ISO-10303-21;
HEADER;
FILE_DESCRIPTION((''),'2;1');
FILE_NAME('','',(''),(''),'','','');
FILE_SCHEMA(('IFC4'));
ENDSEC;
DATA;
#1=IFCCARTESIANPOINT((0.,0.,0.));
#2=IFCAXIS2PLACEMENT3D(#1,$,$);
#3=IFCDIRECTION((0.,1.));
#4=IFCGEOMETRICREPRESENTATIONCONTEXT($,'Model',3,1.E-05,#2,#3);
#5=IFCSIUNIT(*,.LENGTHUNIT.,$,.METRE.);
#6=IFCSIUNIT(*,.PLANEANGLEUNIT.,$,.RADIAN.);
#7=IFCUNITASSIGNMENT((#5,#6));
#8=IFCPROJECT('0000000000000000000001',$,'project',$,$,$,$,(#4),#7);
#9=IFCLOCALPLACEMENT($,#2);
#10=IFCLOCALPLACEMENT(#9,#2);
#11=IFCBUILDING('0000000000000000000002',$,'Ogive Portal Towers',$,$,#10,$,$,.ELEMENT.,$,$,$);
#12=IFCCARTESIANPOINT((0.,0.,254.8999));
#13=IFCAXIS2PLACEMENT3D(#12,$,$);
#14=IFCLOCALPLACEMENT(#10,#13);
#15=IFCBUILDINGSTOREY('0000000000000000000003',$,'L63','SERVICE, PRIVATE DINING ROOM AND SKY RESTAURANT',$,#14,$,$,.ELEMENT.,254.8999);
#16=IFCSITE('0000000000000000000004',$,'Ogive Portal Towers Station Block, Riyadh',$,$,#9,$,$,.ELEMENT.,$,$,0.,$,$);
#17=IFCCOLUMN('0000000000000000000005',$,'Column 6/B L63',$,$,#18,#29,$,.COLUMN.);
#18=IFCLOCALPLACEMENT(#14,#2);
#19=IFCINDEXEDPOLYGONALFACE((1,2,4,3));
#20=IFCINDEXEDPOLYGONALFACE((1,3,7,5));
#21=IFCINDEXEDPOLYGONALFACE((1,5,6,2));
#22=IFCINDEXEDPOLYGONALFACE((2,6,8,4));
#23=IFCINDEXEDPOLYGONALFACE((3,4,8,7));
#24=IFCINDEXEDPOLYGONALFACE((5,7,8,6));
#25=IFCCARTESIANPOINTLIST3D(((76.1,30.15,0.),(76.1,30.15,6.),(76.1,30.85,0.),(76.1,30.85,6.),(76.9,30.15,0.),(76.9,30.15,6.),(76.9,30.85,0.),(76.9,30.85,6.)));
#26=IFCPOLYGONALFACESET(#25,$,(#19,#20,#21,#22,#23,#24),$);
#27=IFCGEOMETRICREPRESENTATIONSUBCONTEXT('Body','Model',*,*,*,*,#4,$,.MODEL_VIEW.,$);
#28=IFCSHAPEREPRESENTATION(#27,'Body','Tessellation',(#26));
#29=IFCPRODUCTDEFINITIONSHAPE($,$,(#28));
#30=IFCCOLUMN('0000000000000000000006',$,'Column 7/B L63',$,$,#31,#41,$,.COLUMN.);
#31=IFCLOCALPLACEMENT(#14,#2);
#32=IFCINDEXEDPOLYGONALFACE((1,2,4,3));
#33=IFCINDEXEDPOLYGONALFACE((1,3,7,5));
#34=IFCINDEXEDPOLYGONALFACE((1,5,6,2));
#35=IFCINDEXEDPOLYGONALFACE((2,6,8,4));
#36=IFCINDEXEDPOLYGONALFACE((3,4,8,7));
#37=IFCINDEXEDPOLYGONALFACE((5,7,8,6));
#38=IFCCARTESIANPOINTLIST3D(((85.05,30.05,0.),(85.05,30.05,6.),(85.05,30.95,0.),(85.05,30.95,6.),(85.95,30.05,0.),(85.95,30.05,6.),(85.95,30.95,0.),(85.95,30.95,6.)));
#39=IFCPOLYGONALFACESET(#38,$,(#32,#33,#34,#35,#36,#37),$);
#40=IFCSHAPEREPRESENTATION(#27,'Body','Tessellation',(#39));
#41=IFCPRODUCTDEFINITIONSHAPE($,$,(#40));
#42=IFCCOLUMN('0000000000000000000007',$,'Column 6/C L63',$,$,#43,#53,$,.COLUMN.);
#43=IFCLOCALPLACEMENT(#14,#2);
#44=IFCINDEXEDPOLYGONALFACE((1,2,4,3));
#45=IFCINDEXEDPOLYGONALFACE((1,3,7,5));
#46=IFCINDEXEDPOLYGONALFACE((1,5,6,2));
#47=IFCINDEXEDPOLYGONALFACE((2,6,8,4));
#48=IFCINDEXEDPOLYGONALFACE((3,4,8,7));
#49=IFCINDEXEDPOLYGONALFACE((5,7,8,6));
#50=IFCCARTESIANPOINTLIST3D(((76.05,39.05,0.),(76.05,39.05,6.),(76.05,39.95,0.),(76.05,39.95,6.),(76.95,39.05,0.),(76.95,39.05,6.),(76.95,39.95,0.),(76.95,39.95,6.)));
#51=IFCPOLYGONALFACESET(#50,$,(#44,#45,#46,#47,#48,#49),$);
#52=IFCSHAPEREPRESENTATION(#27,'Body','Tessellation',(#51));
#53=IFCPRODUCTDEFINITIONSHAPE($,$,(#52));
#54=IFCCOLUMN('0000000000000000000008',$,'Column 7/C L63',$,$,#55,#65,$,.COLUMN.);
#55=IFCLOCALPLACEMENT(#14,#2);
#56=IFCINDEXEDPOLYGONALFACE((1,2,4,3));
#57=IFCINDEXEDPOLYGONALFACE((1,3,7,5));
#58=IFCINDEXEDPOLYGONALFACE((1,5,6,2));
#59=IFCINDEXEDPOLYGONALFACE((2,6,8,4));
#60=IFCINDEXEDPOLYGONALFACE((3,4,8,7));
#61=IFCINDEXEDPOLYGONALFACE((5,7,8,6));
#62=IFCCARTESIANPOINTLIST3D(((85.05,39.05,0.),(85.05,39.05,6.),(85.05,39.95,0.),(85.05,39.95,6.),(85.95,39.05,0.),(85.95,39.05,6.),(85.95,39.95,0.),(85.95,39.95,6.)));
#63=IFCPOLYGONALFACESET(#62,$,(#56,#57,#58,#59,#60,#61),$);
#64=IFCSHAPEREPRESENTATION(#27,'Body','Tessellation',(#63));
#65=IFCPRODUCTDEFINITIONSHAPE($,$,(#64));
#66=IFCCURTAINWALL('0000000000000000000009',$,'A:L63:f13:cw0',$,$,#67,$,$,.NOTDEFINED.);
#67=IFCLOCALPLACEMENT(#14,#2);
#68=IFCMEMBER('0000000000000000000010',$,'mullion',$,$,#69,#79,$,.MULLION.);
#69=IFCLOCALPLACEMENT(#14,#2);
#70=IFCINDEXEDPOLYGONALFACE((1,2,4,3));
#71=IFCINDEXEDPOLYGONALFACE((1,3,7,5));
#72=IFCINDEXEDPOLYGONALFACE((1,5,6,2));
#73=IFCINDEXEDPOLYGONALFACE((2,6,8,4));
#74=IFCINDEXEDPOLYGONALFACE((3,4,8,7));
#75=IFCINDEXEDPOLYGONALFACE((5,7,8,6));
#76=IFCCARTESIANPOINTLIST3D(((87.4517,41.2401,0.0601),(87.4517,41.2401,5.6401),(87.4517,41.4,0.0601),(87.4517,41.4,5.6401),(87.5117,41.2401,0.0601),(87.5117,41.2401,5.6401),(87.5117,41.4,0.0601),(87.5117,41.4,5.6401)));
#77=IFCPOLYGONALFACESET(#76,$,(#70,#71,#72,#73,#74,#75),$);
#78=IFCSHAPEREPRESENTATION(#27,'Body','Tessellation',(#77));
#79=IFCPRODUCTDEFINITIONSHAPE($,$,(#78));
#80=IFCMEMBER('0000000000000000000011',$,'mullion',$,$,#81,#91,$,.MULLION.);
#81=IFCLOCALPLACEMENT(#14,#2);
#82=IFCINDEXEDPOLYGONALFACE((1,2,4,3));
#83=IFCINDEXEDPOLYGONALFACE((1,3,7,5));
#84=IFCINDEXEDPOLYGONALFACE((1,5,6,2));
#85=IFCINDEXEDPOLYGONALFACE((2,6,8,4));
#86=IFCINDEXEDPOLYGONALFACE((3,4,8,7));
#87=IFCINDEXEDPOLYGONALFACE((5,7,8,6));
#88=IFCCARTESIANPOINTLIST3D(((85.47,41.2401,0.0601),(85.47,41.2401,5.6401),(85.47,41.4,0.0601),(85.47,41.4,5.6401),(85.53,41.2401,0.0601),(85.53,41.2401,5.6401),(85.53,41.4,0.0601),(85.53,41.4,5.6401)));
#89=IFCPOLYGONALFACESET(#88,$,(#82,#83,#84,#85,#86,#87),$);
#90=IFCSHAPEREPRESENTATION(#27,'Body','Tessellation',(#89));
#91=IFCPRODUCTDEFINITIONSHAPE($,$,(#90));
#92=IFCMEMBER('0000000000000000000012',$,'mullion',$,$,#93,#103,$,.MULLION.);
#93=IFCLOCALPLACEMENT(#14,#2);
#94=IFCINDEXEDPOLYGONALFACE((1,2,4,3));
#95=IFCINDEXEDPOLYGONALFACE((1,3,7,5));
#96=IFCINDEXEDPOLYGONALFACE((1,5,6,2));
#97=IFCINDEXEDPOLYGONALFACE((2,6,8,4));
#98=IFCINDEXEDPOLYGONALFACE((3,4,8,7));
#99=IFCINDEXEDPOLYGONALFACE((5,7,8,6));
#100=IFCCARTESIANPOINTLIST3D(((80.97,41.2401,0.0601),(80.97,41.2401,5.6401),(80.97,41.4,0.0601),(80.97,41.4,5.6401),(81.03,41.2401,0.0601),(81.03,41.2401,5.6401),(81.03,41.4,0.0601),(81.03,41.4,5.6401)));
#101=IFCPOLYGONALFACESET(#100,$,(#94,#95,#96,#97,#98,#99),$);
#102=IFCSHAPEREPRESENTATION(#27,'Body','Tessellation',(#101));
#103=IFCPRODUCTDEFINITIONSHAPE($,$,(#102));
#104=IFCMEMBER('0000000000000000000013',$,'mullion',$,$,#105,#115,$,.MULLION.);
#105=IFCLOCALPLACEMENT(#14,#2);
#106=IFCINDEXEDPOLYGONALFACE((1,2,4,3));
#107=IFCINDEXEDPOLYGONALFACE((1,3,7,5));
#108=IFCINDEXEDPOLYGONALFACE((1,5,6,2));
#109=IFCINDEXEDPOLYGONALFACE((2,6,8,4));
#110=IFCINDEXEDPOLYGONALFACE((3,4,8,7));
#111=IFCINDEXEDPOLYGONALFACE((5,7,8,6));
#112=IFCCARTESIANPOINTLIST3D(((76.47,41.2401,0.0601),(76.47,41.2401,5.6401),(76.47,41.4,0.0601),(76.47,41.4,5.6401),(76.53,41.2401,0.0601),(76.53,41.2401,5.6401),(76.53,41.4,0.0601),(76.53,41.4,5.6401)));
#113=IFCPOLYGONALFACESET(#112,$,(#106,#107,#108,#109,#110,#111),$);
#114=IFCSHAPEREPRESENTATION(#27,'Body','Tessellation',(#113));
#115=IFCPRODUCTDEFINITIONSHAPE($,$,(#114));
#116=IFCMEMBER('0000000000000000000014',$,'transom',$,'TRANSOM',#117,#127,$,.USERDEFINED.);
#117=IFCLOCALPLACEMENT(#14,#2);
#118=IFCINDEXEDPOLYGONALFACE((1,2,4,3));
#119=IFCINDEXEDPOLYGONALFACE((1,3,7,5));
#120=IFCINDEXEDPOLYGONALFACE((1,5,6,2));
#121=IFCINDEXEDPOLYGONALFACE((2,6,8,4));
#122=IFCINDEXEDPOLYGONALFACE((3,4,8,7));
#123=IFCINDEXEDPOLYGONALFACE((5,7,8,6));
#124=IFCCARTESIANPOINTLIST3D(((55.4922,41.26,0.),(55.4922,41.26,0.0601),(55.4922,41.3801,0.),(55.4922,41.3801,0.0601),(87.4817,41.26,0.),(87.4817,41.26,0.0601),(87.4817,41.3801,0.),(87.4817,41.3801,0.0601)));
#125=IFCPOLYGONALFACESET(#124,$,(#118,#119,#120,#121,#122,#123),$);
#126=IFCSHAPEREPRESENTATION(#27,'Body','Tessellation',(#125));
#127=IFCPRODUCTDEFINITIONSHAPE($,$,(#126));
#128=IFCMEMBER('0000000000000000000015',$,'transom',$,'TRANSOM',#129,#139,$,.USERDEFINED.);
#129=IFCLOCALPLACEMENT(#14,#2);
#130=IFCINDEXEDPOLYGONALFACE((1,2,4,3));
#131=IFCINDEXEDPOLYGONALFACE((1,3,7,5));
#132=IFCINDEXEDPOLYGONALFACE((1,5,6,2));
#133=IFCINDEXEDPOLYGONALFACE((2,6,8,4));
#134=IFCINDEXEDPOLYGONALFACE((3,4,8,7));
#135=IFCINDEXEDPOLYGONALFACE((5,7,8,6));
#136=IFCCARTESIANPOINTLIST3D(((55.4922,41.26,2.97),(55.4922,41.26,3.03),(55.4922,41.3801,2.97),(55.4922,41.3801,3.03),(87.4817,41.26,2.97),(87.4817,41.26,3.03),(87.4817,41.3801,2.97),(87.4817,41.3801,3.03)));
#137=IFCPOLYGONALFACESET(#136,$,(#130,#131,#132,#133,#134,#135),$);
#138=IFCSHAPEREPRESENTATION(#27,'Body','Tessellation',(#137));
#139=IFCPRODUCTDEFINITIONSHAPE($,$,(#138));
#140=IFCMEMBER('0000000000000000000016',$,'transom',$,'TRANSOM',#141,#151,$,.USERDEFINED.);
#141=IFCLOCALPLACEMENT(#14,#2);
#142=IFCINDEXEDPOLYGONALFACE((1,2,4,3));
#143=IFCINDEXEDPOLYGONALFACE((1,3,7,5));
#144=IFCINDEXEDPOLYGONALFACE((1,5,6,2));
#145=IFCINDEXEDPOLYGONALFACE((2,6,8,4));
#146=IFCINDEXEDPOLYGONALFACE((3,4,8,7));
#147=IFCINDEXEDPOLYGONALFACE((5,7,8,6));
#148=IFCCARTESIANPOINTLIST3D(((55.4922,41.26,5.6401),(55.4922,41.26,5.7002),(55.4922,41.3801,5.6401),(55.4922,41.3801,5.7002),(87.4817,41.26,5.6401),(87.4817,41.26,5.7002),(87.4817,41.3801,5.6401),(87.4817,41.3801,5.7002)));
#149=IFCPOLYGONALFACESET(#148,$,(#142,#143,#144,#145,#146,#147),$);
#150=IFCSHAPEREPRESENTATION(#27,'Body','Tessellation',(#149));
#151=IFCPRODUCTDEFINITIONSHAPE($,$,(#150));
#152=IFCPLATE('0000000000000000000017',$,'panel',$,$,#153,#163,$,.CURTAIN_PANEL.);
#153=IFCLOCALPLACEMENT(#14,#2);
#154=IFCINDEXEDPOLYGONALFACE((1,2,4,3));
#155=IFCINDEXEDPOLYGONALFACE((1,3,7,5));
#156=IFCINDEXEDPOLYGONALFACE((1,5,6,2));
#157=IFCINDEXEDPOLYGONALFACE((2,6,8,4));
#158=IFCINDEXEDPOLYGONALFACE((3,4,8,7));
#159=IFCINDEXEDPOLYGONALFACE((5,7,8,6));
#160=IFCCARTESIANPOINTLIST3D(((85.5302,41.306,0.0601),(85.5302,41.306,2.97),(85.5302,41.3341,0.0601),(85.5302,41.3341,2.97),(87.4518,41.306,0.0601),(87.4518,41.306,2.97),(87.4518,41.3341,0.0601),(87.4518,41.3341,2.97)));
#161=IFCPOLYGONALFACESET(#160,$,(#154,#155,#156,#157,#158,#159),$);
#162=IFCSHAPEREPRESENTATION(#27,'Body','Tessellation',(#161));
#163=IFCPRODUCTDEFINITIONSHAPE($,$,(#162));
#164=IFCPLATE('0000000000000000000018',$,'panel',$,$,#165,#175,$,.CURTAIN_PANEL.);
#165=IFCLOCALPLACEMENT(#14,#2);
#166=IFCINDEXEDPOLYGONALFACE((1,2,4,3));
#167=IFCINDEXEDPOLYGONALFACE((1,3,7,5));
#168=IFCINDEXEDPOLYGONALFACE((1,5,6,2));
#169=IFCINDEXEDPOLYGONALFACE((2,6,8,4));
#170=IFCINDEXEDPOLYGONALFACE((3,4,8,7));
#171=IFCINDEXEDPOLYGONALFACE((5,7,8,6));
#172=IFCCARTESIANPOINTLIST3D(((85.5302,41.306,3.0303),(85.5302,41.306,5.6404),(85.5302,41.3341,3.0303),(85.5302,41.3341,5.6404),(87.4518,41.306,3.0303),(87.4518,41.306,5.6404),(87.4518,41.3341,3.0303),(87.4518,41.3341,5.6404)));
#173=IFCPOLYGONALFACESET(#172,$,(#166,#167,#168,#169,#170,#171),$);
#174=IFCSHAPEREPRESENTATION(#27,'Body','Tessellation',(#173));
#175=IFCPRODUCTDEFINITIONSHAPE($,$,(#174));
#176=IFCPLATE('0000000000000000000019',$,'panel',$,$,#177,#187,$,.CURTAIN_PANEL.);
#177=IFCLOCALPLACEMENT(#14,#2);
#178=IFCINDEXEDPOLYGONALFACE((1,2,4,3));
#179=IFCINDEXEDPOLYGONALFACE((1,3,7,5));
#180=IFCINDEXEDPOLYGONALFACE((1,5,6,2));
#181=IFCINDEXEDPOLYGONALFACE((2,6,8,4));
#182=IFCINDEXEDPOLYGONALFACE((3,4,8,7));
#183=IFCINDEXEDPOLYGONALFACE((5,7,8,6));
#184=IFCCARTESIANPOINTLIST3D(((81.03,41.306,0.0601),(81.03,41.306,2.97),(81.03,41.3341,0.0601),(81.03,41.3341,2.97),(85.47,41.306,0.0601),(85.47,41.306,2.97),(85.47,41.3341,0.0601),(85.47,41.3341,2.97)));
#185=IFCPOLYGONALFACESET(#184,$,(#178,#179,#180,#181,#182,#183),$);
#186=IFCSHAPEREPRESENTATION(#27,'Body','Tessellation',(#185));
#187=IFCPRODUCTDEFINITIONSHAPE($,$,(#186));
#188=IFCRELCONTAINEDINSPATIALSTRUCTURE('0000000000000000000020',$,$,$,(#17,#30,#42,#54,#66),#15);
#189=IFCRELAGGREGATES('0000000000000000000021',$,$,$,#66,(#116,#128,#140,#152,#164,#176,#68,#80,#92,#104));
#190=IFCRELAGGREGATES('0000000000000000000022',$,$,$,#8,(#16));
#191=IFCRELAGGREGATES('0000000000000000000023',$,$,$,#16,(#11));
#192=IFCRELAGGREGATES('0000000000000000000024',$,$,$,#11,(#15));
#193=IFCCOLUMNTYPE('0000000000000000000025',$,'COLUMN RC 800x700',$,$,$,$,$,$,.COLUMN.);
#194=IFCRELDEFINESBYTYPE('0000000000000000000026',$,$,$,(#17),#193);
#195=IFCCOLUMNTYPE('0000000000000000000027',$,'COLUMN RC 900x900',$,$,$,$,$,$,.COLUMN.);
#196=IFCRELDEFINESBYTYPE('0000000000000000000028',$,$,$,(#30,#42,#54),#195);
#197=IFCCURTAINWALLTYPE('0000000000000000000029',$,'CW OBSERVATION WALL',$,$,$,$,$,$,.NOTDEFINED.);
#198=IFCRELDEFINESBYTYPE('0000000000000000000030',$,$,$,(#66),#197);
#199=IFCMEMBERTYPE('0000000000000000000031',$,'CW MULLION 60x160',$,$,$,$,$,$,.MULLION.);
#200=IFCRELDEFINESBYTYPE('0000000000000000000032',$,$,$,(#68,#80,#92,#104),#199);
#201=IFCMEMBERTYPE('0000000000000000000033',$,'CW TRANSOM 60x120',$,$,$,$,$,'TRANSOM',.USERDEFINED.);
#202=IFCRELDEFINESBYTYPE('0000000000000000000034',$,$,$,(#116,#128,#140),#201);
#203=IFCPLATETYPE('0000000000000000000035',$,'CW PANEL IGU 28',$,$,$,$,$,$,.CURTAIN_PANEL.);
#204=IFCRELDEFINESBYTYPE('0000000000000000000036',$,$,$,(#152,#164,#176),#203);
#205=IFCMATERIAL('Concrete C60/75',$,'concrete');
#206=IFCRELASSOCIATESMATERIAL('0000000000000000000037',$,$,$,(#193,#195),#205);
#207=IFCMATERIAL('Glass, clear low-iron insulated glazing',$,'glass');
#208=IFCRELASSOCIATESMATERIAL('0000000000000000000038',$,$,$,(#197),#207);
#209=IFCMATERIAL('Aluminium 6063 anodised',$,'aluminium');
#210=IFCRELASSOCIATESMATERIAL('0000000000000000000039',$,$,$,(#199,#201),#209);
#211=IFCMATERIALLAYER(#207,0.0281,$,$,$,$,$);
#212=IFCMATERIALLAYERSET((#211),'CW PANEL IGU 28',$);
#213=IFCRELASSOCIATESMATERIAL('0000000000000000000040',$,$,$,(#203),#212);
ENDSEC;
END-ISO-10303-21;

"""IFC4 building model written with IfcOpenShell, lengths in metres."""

from ifc_helpers import new_model, si_unit, direction, frame, origin, origin_2d, place, context, subcontext, project, spatial, rectangle, extrude, material, layer, layer_set, material_profile, profile_set, type_object, element, aggregate, save


model = new_model("IFC4")

# Units and contexts
model_context = context("Model", 3, precision=1e-05, world=origin(), true_north=direction((0.0, 1.0)))
body_context = subcontext(model_context, "Body", "Model", "MODEL_VIEW")
ifc_project = project(units=[si_unit("LENGTHUNIT", "METRE"), si_unit("PLANEANGLEUNIT", "RADIAN")], contexts=[model_context])

# Site, building, storey
site_placement = place(None, origin())
site = spatial("IfcSite", under=ifc_project, at=site_placement, Name="Ogive Portal Towers Station Block, Riyadh", CompositionType="ELEMENT", RefElevation=0.0)
building_placement = place(site_placement, origin())
building = spatial("IfcBuilding", under=site, at=building_placement, Name="Ogive Portal Towers", CompositionType="ELEMENT")
storey_placement = place(building_placement, frame((0.0, 0.0, 254.8999)))
storey = spatial("IfcBuildingStorey", under=building, at=storey_placement, Name="L63", Description="SERVICE, PRIVATE DINING ROOM AND SKY RESTAURANT", CompositionType="ELEMENT", Elevation=254.8999)

# Columns
ifc_material_1 = material(Name="Concrete C60/75", Category="concrete")
ifc_material_profile_1 = material_profile(ifc_material_1, rectangle(XDim=0.8, YDim=0.7, at=origin_2d()), Name="RC 800x700")
ifc_profile_set_1 = profile_set([ifc_material_profile_1], Name="Concrete C60/75")
column_type_1 = type_object("IfcColumnType", Name="COLUMN RC 800x700", PredefinedType="COLUMN", material=ifc_profile_set_1)
column_placement = place(storey_placement, frame((76.5, 30.5, 0.0), z_axis=(0.0, 0.0, 1.0), x_axis=(1.0, 0.0, 0.0)))
element("IfcColumn", 1, at=column_placement, inside=storey, type_object=column_type_1, Name="Column 6/B L63", PredefinedType="COLUMN", context=body_context, shape_type="SweptSolid", body=[
    extrude(rectangle(XDim=0.8, YDim=0.7, at=origin_2d()), origin(), (0.0, 0.0, 1.0), 6.0),
])
ifc_material_profile_2 = material_profile(ifc_material_1, rectangle(XDim=0.8999, YDim=0.8999, at=origin_2d()), Name="RC 900x900")
ifc_profile_set_2 = profile_set([ifc_material_profile_2], Name="Concrete C60/75")
column_type_2 = type_object("IfcColumnType", Name="COLUMN RC 900x900", PredefinedType="COLUMN", material=ifc_profile_set_2)
for number, where, z_axis, x_axis, name in (
    (2, (85.5, 30.5, 0.0), (0.0, 0.0, 1.0), (1.0, 0.0, 0.0), "Column 7/B L63"),
    (3, (76.5, 39.5, 0.0), (0.0, 0.0, 1.0), (1.0, 0.0, 0.0), "Column 6/C L63"),
    (4, (85.5, 39.5, 0.0), (0.0, 0.0, 1.0), (1.0, 0.0, 0.0), "Column 7/C L63"),
):
    element("IfcColumn", number, at=place(storey_placement, frame(where, z_axis=z_axis, x_axis=x_axis)), inside=storey, type_object=column_type_2, Name=name, PredefinedType="COLUMN", context=body_context, shape_type="SweptSolid", body=[
        extrude(rectangle(XDim=0.8999, YDim=0.8999, at=origin_2d()), origin(), (0.0, 0.0, 1.0), 6.0),
    ])

# Curtain wall, members, plates
ifc_material_2 = material(Name="Glass, clear low-iron insulated glazing", Category="glass")
curtain_wall_type = type_object("IfcCurtainWallType", Name="CW OBSERVATION WALL", PredefinedType="NOTDEFINED", material=ifc_material_2)
curtain_wall_placement = place(storey_placement, origin())
curtain_wall = element("IfcCurtainWall", 5, at=curtain_wall_placement, inside=storey, type_object=curtain_wall_type, Name="A:L63:f13:cw0", PredefinedType="NOTDEFINED")
ifc_material_3 = material(Name="Aluminium 6063 anodised", Category="aluminium")
ifc_material_profile_3 = material_profile(ifc_material_3, rectangle(XDim=0.1599, YDim=0.0601, at=origin_2d()), Name="AL 60x160")
ifc_profile_set_3 = profile_set([ifc_material_profile_3], Name="Aluminium 6063 anodised")
member_type_1 = type_object("IfcMemberType", Name="CW MULLION 60x160", PredefinedType="MULLION", material=ifc_profile_set_3)
member_1_placement = place(storey_placement, frame((87.4817, 41.3201, 0.0601), z_axis=(0.0, 0.0, 1.0), x_axis=(0.0, -1.0, 0.0)))
member_1 = element("IfcMember", 6, at=member_1_placement, type_object=member_type_1, Name="mullion", PredefinedType="MULLION", context=body_context, shape_type="SweptSolid", body=[
    extrude(rectangle(XDim=0.1599, YDim=0.0601, at=origin_2d()), origin(), (0.0, 0.0, 1.0), 5.5801),
])
member_2_placement = place(storey_placement, frame((85.5, 41.3201, 0.0601), z_axis=(0.0, 0.0, 1.0), x_axis=(0.0, -1.0, 0.0)))
member_2 = element("IfcMember", 7, at=member_2_placement, type_object=member_type_1, Name="mullion", PredefinedType="MULLION", context=body_context, shape_type="SweptSolid", body=[
    extrude(rectangle(XDim=0.1599, YDim=0.0601, at=origin_2d()), origin(), (0.0, 0.0, 1.0), 5.5801),
])
member_3_placement = place(storey_placement, frame((81.0, 41.3201, 0.0601), z_axis=(0.0, 0.0, 1.0), x_axis=(0.0, -1.0, 0.0)))
member_3 = element("IfcMember", 8, at=member_3_placement, type_object=member_type_1, Name="mullion", PredefinedType="MULLION", context=body_context, shape_type="SweptSolid", body=[
    extrude(rectangle(XDim=0.1599, YDim=0.0601, at=origin_2d()), origin(), (0.0, 0.0, 1.0), 5.5801),
])
member_4_placement = place(storey_placement, frame((76.5, 41.3201, 0.0601), z_axis=(0.0, 0.0, 1.0), x_axis=(0.0, -1.0, 0.0)))
member_4 = element("IfcMember", 9, at=member_4_placement, type_object=member_type_1, Name="mullion", PredefinedType="MULLION", context=body_context, shape_type="SweptSolid", body=[
    extrude(rectangle(XDim=0.1599, YDim=0.0601, at=origin_2d()), origin(), (0.0, 0.0, 1.0), 5.5801),
])
ifc_material_profile_4 = material_profile(ifc_material_3, rectangle(XDim=0.1201, YDim=0.0601, at=origin_2d()), Name="AL 120x60")
ifc_profile_set_4 = profile_set([ifc_material_profile_4], Name="Aluminium 6063 anodised")
member_type_2 = type_object("IfcMemberType", Name="CW TRANSOM 60x120", ElementType="TRANSOM", PredefinedType="USERDEFINED", material=ifc_profile_set_4)
member_5_placement = place(storey_placement, frame((87.4817, 41.3201, 0.03), z_axis=(-1.0, 0.0, 0.0), x_axis=(0.0, -1.0, 0.0)))
member_5 = element("IfcMember", 10, at=member_5_placement, type_object=member_type_2, Name="transom", ObjectType="TRANSOM", PredefinedType="USERDEFINED", context=body_context, shape_type="SweptSolid", body=[
    extrude(rectangle(XDim=0.1201, YDim=0.0601, at=origin_2d()), origin(), (0.0, 0.0, 1.0), 31.9895),
])
member_6_placement = place(storey_placement, frame((87.4817, 41.3201, 3.0), z_axis=(-1.0, 0.0, 0.0), x_axis=(0.0, -1.0, 0.0)))
member_6 = element("IfcMember", 11, at=member_6_placement, type_object=member_type_2, Name="transom", ObjectType="TRANSOM", PredefinedType="USERDEFINED", context=body_context, shape_type="SweptSolid", body=[
    extrude(rectangle(XDim=0.1201, YDim=0.0601, at=origin_2d()), origin(), (0.0, 0.0, 1.0), 31.9895),
])
member_7_placement = place(storey_placement, frame((87.4817, 41.3201, 5.6702), z_axis=(-1.0, 0.0, 0.0), x_axis=(0.0, -1.0, 0.0)))
member_7 = element("IfcMember", 12, at=member_7_placement, type_object=member_type_2, Name="transom", ObjectType="TRANSOM", PredefinedType="USERDEFINED", context=body_context, shape_type="SweptSolid", body=[
    extrude(rectangle(XDim=0.1201, YDim=0.0601, at=origin_2d()), origin(), (0.0, 0.0, 1.0), 31.9895),
])
ifc_layer_1 = layer(ifc_material_2, 0.0281)
ifc_layer_set_1 = layer_set([ifc_layer_1], Name="CW PANEL IGU 28")
plate_type = type_object("IfcPlateType", Name="CW PANEL IGU 28", PredefinedType="CURTAIN_PANEL", material=ifc_layer_set_1)
plate_1_placement = place(storey_placement, frame((86.491, 41.3201, 0.0601), z_axis=(0.0, 0.0, 1.0), x_axis=(-1.0, 0.0, 0.0)))
plate_1 = element("IfcPlate", 13, at=plate_1_placement, type_object=plate_type, Name="panel", PredefinedType="CURTAIN_PANEL", context=body_context, shape_type="SweptSolid", body=[
    extrude(rectangle(XDim=1.9216, YDim=0.0281, at=origin_2d()), origin(), (0.0, 0.0, 1.0), 2.9099),
])
plate_2_placement = place(storey_placement, frame((86.491, 41.3201, 3.0303), z_axis=(0.0, 0.0, 1.0), x_axis=(-1.0, 0.0, 0.0)))
plate_2 = element("IfcPlate", 14, at=plate_2_placement, type_object=plate_type, Name="panel", PredefinedType="CURTAIN_PANEL", context=body_context, shape_type="SweptSolid", body=[
    extrude(rectangle(XDim=1.9216, YDim=0.0281, at=origin_2d()), origin(), (0.0, 0.0, 1.0), 2.6101),
])
plate_3_placement = place(storey_placement, frame((83.25, 41.3201, 0.0601), z_axis=(0.0, 0.0, 1.0), x_axis=(-1.0, 0.0, 0.0)))
plate_3 = element("IfcPlate", 15, at=plate_3_placement, type_object=plate_type, Name="panel", PredefinedType="CURTAIN_PANEL", context=body_context, shape_type="SweptSolid", body=[
    extrude(rectangle(XDim=4.4399, YDim=0.0281, at=origin_2d()), origin(), (0.0, 0.0, 1.0), 2.9099),
])
aggregate(curtain_wall, [member_5, member_6, member_7, plate_1, plate_2, plate_3, member_1, member_2, member_3, member_4])

save(model, "model.ifc")
